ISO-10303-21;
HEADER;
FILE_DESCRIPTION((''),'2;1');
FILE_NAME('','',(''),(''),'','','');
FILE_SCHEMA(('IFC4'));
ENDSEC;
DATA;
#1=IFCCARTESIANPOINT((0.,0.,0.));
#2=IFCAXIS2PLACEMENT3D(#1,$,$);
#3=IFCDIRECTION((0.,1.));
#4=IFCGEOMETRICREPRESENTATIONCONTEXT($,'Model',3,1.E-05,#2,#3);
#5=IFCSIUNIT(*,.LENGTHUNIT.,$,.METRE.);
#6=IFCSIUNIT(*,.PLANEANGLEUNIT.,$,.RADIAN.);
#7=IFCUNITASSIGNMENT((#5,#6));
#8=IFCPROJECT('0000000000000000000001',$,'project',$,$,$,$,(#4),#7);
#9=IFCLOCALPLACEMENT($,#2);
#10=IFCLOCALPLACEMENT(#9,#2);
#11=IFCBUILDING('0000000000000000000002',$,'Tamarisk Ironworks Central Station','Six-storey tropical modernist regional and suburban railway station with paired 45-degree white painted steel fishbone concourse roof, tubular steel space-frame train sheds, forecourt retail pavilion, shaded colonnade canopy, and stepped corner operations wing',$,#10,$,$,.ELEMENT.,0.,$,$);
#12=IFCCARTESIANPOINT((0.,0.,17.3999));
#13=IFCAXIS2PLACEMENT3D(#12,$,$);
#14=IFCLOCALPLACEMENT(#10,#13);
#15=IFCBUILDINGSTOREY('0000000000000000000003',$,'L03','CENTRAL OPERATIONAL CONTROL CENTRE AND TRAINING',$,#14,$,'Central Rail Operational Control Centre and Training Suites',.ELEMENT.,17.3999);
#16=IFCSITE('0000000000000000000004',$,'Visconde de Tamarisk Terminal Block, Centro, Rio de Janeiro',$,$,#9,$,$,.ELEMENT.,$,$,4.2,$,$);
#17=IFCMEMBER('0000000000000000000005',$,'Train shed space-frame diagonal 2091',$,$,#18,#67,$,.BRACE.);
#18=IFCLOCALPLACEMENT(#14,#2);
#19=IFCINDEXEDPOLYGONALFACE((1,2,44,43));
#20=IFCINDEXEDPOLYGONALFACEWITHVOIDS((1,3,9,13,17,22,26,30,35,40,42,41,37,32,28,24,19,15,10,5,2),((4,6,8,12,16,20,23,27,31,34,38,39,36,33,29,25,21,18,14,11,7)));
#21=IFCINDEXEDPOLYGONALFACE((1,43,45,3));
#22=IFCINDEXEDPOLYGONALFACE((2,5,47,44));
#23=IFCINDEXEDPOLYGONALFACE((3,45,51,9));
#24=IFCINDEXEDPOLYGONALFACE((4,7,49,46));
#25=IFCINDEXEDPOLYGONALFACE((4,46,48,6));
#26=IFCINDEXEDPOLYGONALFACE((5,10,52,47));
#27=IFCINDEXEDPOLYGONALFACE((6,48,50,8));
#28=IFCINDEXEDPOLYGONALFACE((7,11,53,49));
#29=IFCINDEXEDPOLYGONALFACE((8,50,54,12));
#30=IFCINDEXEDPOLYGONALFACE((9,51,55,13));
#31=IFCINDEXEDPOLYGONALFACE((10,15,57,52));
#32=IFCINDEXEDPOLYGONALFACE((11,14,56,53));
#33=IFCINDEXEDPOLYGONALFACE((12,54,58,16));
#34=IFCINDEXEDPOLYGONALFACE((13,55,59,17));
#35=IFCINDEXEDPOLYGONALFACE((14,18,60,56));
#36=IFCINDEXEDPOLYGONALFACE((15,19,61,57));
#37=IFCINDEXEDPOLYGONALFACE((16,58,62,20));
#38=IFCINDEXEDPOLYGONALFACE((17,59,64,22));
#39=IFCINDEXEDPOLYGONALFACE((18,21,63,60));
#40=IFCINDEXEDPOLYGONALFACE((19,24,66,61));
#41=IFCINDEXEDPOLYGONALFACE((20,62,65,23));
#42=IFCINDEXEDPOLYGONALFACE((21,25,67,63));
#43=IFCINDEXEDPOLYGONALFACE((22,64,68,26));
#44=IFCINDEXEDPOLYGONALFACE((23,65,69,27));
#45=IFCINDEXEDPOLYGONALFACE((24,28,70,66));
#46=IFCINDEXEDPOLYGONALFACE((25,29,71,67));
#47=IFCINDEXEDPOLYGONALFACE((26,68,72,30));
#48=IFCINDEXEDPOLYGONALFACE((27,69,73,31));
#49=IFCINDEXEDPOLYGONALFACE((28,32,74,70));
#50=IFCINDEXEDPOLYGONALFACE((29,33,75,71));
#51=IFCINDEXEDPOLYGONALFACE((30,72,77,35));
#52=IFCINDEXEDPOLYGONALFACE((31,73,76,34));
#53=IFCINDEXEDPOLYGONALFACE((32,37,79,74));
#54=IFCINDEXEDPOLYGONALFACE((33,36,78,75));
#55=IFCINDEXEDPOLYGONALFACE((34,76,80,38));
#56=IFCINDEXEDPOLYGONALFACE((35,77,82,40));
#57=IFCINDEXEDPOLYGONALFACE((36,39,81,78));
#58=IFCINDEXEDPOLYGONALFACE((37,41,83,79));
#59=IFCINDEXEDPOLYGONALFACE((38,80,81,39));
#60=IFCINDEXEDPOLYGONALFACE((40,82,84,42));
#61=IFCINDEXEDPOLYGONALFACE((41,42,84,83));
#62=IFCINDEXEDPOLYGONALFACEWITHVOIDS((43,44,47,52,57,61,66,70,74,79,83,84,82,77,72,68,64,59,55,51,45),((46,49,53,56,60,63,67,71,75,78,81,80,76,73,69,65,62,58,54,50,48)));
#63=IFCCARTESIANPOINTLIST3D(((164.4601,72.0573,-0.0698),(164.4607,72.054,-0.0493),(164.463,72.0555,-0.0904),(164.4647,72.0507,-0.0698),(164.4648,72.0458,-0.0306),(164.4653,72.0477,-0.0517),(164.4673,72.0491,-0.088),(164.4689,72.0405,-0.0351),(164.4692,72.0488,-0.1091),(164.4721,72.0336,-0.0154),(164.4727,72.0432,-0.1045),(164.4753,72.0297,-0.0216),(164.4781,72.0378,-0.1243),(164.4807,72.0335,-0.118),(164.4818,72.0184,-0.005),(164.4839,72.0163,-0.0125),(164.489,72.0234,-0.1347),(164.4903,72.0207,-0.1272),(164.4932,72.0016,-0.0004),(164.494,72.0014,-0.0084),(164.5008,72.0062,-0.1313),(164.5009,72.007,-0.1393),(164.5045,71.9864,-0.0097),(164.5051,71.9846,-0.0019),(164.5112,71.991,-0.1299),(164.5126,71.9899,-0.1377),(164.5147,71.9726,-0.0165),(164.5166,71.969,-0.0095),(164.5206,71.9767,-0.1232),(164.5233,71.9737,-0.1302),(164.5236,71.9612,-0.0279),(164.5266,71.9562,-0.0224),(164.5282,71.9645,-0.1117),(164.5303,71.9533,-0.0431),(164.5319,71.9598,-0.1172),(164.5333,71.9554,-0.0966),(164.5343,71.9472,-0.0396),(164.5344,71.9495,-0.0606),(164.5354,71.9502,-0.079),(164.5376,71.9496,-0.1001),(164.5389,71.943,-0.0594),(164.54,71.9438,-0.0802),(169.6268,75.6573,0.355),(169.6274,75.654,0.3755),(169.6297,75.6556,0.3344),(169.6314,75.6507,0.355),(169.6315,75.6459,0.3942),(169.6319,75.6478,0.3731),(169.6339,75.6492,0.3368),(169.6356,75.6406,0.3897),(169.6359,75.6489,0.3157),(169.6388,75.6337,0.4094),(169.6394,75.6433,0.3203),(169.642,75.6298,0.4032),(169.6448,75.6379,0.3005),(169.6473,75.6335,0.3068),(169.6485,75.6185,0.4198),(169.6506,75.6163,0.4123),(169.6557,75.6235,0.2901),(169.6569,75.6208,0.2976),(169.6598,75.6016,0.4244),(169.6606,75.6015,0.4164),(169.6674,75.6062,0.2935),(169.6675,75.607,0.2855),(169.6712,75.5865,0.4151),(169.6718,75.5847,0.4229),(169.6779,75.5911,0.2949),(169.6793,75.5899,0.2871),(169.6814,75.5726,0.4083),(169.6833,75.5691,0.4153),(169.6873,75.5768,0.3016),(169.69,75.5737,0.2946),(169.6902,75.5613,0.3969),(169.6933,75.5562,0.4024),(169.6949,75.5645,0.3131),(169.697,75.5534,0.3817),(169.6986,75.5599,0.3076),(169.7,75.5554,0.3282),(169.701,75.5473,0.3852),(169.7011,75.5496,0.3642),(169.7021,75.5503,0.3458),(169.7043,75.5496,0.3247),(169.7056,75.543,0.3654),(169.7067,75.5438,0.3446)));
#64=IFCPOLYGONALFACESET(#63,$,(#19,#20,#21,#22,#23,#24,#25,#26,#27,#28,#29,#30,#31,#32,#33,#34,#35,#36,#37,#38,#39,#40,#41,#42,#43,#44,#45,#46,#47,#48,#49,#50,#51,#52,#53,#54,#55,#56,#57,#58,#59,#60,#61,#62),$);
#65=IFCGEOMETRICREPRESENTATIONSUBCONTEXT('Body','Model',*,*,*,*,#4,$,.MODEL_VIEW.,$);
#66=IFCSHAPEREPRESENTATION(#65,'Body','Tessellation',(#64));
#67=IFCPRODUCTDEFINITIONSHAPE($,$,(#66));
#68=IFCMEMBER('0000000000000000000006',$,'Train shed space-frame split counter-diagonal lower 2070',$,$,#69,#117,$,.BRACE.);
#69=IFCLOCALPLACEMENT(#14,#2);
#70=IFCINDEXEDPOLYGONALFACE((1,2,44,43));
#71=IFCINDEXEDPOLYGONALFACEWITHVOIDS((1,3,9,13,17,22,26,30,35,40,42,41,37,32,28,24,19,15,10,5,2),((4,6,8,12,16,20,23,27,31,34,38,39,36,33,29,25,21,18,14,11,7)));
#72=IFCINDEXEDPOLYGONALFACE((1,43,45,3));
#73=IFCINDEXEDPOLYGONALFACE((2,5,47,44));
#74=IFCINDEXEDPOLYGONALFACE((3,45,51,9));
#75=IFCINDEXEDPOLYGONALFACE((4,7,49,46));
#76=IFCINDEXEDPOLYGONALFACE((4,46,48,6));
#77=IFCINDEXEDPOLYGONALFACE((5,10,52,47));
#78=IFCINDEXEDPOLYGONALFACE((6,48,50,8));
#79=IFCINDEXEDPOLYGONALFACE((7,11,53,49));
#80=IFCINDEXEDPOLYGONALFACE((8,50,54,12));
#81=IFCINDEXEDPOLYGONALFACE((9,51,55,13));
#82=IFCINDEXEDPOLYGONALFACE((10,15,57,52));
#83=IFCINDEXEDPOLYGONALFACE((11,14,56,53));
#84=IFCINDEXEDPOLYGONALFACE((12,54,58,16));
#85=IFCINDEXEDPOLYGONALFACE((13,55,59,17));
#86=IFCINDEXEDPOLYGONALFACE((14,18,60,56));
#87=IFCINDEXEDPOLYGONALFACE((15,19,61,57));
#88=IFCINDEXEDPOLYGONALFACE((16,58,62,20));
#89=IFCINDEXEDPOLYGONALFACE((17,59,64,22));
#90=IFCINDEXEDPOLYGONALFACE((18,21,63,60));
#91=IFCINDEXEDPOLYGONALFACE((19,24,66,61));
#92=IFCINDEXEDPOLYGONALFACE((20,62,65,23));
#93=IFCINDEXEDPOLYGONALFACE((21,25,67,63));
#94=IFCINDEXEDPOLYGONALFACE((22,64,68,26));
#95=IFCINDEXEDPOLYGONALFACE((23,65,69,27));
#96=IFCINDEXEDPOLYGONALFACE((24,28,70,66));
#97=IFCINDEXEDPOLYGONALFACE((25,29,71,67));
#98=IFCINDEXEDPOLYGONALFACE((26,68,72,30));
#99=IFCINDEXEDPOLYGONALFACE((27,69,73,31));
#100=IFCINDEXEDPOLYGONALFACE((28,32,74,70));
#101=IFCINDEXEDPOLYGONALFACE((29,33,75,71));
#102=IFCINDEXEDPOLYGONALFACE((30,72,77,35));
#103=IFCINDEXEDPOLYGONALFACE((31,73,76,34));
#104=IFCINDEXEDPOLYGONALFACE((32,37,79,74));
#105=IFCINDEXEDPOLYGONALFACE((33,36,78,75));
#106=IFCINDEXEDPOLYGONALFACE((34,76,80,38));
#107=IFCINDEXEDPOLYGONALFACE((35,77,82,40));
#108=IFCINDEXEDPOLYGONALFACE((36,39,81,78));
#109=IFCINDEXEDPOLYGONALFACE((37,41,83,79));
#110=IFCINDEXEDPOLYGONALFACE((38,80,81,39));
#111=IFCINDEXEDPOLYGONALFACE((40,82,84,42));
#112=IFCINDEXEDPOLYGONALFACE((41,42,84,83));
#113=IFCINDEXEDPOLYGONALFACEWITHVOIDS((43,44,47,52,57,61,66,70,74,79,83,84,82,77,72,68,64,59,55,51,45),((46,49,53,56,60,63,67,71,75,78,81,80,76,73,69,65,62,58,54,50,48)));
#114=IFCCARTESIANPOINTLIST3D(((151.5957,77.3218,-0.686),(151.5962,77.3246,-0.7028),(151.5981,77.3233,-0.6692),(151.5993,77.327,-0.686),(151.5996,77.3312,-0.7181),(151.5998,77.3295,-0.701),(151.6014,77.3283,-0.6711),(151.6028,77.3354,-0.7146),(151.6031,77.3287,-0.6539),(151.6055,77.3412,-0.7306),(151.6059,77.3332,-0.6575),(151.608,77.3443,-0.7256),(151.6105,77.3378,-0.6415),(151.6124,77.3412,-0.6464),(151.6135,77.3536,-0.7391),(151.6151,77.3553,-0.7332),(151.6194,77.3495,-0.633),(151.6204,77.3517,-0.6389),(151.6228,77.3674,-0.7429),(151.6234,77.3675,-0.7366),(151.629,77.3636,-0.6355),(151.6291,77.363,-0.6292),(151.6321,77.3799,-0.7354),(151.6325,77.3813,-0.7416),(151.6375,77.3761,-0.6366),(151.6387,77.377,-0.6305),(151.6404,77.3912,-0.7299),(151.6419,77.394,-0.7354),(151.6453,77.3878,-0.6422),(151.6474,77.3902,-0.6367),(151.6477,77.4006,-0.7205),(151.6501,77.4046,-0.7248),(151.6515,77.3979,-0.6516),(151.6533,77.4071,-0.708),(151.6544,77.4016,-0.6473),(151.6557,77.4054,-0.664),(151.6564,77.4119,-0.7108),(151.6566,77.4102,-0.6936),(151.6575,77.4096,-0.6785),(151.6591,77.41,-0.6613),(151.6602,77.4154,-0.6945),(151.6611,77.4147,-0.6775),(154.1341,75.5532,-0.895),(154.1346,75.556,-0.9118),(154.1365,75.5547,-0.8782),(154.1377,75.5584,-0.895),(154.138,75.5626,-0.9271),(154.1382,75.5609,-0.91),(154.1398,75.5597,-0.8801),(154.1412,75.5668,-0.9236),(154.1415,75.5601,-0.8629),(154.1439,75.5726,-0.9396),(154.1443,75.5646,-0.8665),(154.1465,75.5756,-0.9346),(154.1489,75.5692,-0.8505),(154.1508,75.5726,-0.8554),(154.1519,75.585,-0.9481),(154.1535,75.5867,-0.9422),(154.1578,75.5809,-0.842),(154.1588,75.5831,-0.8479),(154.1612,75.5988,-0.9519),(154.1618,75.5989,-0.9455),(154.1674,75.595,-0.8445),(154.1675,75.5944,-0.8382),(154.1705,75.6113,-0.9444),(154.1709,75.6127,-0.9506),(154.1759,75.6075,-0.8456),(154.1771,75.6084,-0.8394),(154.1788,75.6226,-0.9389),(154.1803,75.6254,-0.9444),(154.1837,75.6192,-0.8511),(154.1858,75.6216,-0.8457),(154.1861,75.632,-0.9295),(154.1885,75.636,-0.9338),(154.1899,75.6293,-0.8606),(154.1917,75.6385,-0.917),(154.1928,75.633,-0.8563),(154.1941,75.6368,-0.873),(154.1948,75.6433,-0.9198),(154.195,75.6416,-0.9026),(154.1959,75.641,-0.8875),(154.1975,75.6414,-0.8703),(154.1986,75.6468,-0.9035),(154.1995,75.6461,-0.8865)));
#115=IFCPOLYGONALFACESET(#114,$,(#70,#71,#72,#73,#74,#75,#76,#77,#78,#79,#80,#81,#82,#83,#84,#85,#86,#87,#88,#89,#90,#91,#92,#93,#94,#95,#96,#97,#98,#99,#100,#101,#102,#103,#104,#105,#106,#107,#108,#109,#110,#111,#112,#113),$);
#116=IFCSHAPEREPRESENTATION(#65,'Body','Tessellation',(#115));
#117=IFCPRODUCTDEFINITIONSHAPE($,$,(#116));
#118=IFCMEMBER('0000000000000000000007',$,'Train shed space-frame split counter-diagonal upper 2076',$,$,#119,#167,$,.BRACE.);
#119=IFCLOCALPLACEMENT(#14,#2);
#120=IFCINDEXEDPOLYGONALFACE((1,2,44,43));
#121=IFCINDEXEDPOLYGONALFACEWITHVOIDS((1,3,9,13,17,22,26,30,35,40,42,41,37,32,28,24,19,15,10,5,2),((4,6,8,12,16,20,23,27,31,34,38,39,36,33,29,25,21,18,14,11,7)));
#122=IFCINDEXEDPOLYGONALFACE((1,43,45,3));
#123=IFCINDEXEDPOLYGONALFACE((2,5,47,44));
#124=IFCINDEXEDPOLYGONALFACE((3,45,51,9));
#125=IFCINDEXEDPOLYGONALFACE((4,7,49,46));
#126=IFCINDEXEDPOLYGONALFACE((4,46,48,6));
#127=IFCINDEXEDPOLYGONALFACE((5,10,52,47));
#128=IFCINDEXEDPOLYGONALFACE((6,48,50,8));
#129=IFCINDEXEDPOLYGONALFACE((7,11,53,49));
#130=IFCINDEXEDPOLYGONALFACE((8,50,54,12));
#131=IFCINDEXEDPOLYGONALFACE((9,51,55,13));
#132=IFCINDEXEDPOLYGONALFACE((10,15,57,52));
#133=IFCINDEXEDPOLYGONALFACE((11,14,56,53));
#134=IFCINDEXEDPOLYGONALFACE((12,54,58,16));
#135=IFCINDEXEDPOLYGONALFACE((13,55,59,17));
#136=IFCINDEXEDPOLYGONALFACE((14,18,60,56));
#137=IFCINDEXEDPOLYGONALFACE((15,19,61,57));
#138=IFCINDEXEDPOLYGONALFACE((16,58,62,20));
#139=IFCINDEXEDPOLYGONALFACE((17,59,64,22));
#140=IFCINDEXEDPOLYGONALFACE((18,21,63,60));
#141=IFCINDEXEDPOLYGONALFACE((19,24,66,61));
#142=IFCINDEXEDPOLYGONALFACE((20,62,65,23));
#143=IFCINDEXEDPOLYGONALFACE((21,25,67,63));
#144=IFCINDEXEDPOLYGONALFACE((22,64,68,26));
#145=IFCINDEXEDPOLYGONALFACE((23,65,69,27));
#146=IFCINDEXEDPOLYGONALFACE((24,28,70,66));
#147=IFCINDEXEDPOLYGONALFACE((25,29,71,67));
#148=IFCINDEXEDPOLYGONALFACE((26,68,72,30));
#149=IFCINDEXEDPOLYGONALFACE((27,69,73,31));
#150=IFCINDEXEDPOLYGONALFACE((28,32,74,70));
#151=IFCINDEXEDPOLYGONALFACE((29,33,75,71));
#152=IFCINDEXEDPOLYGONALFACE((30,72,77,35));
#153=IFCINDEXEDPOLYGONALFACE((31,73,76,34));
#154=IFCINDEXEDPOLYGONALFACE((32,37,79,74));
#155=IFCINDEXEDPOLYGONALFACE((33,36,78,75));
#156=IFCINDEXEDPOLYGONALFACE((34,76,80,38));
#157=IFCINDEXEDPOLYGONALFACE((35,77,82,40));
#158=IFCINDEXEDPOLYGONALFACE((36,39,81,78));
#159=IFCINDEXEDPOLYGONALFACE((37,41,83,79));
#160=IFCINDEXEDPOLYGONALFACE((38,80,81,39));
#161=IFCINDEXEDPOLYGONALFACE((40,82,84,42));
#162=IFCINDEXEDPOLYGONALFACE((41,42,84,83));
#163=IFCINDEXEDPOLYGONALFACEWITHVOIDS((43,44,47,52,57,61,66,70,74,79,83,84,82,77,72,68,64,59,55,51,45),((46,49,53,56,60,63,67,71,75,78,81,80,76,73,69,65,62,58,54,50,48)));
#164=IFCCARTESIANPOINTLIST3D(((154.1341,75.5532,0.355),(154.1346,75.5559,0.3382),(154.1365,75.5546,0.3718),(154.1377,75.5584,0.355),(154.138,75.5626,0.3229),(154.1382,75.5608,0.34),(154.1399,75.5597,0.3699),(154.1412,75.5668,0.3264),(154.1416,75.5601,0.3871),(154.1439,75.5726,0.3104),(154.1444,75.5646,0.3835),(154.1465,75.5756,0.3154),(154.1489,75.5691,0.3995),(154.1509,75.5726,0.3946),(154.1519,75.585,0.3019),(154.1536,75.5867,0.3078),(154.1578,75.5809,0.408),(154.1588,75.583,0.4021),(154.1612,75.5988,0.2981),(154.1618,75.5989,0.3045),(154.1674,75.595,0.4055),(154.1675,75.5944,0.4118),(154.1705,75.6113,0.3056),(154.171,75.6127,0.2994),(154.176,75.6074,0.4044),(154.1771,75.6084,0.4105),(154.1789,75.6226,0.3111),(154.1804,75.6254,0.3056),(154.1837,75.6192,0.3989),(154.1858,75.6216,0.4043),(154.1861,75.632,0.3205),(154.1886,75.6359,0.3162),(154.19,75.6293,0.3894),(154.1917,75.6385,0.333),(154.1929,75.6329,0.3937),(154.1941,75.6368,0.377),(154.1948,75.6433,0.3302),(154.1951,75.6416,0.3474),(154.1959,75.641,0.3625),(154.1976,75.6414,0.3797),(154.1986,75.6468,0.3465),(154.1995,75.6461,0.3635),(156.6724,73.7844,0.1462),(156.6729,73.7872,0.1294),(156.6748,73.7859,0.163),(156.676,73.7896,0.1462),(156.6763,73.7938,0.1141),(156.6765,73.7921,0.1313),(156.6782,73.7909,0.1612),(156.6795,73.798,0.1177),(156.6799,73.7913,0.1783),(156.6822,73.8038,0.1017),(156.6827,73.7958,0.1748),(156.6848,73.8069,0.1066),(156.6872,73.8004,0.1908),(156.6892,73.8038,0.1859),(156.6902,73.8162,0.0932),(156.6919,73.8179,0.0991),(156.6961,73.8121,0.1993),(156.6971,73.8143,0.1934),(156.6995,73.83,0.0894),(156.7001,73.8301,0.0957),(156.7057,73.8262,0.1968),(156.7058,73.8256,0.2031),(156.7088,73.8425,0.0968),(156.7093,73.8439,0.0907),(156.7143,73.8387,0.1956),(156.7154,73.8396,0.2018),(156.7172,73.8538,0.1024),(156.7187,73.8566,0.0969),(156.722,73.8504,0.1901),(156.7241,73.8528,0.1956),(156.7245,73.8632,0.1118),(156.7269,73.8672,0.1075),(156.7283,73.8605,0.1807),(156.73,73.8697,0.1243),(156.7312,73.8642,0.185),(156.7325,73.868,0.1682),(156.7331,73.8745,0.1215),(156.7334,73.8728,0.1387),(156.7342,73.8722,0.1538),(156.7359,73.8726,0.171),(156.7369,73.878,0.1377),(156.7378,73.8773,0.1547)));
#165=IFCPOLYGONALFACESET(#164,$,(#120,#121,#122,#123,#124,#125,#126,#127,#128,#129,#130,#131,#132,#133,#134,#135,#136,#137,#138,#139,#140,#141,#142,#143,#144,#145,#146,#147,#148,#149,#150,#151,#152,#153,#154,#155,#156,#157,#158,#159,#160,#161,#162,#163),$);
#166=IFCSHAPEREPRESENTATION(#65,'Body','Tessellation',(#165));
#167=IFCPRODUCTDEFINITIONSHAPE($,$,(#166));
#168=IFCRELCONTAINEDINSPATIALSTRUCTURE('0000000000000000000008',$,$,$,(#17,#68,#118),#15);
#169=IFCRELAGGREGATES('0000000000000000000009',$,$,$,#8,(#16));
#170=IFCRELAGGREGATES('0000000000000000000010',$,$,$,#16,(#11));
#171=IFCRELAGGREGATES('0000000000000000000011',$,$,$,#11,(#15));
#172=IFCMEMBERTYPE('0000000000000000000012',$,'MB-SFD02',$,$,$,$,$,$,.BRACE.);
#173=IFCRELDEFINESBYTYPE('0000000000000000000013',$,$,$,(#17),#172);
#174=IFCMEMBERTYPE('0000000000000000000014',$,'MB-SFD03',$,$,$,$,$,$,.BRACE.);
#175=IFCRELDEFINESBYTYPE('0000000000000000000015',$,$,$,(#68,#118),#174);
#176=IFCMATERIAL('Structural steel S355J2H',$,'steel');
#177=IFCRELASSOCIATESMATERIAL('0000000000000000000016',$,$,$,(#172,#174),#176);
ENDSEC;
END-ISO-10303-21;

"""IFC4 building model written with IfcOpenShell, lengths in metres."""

from ifc_helpers import new_model, si_unit, direction, frame, origin, origin_2d, place, context, subcontext, project, spatial, hollow_circle, extrude, material, material_profile, profile_set, type_object, element, save


model = new_model("IFC4")

# Units and contexts
model_context = context("Model", 3, precision=1e-05, world=origin(), true_north=direction((0.0, 1.0)))
body_context = subcontext(model_context, "Body", "Model", "MODEL_VIEW")
ifc_project = project(units=[si_unit("LENGTHUNIT", "METRE"), si_unit("PLANEANGLEUNIT", "RADIAN")], contexts=[model_context])

# Site, building, storey
site_placement = place(None, origin())
site = spatial("IfcSite", under=ifc_project, at=site_placement, Name="Visconde de Tamarisk Terminal Block, Centro, Rio de Janeiro", CompositionType="ELEMENT", RefElevation=4.2)
building_placement = place(site_placement, origin())
building = spatial("IfcBuilding", under=site, at=building_placement, Name="Tamarisk Ironworks Central Station", Description="Six-storey tropical modernist regional and suburban railway station with paired 45-degree white painted steel fishbone concourse roof, tubular steel space-frame train sheds, forecourt retail pavilion, shaded colonnade canopy, and stepped corner operations wing", CompositionType="ELEMENT", ElevationOfRefHeight=0.0)
storey_placement = place(building_placement, frame((0.0, 0.0, 17.3999)))
storey = spatial("IfcBuildingStorey", under=building, at=storey_placement, Name="L03", Description="CENTRAL OPERATIONAL CONTROL CENTRE AND TRAINING", LongName="Central Rail Operational Control Centre and Training Suites", CompositionType="ELEMENT", Elevation=17.3999)

# Members
ifc_material = material(Name="Structural steel S355J2H", Category="steel")
ifc_material_profile_1 = material_profile(ifc_material, hollow_circle(Radius=0.0698, WallThickness=0.0081, at=origin_2d()), Name="CHS 139.7x8")
ifc_profile_set_1 = profile_set([ifc_material_profile_1], Name="Structural steel S355J2H")
member_type_1 = type_object("IfcMemberType", Name="MB-SFD02", PredefinedType="BRACE", material=ifc_profile_set_1)
for number, where, z_axis, x_axis, name in (
    (1, (164.5, 72.0, -0.0698), (0.81861, 0.570393, 0.067305), (-0.571689, 0.82047, 0.0), "Train shed space-frame diagonal 2091"),
):
    element("IfcMember", number, at=place(storey_placement, frame(where, z_axis=z_axis, x_axis=x_axis)), inside=storey, type_object=member_type_1, Name=name, PredefinedType="BRACE", context=body_context, shape_type="SweptSolid", body=[
        extrude(hollow_circle(Radius=0.0698, WallThickness=0.0081, at=origin_2d()), origin(), (0.0, 0.0, 1.0), 6.3115),
    ])
ifc_material_profile_2 = material_profile(ifc_material, hollow_circle(Radius=0.0571, WallThickness=0.0063, at=origin_2d()), Name="CHS 114.3x6.3")
ifc_profile_set_2 = profile_set([ifc_material_profile_2], Name="Structural steel S355J2H")
member_type_2 = type_object("IfcMemberType", Name="MB-SFD03", PredefinedType="BRACE", material=ifc_profile_set_2)
for number, where, z_axis, x_axis, name in (
    (2, (154.1667, 75.6001, -0.895), (-0.818621, 0.570366, 0.067398), (-0.571666, -0.820487, 0.0), "Train shed space-frame split counter-diagonal lower 2070"),
    (3, (156.7051, 73.8313, 0.1462), (-0.818589, 0.570422, 0.067317), (-0.571719, -0.82045, 0.0), "Train shed space-frame split counter-diagonal upper 2076"),
):
    element("IfcMember", number, at=place(storey_placement, frame(where, z_axis=z_axis, x_axis=x_axis)), inside=storey, type_object=member_type_2, Name=name, PredefinedType="BRACE", context=body_context, shape_type="SweptSolid", body=[
        extrude(hollow_circle(Radius=0.0571, WallThickness=0.0063, at=origin_2d()), origin(), (0.0, 0.0, 1.0), 3.1008),
    ])

save(model, "model.ifc")
